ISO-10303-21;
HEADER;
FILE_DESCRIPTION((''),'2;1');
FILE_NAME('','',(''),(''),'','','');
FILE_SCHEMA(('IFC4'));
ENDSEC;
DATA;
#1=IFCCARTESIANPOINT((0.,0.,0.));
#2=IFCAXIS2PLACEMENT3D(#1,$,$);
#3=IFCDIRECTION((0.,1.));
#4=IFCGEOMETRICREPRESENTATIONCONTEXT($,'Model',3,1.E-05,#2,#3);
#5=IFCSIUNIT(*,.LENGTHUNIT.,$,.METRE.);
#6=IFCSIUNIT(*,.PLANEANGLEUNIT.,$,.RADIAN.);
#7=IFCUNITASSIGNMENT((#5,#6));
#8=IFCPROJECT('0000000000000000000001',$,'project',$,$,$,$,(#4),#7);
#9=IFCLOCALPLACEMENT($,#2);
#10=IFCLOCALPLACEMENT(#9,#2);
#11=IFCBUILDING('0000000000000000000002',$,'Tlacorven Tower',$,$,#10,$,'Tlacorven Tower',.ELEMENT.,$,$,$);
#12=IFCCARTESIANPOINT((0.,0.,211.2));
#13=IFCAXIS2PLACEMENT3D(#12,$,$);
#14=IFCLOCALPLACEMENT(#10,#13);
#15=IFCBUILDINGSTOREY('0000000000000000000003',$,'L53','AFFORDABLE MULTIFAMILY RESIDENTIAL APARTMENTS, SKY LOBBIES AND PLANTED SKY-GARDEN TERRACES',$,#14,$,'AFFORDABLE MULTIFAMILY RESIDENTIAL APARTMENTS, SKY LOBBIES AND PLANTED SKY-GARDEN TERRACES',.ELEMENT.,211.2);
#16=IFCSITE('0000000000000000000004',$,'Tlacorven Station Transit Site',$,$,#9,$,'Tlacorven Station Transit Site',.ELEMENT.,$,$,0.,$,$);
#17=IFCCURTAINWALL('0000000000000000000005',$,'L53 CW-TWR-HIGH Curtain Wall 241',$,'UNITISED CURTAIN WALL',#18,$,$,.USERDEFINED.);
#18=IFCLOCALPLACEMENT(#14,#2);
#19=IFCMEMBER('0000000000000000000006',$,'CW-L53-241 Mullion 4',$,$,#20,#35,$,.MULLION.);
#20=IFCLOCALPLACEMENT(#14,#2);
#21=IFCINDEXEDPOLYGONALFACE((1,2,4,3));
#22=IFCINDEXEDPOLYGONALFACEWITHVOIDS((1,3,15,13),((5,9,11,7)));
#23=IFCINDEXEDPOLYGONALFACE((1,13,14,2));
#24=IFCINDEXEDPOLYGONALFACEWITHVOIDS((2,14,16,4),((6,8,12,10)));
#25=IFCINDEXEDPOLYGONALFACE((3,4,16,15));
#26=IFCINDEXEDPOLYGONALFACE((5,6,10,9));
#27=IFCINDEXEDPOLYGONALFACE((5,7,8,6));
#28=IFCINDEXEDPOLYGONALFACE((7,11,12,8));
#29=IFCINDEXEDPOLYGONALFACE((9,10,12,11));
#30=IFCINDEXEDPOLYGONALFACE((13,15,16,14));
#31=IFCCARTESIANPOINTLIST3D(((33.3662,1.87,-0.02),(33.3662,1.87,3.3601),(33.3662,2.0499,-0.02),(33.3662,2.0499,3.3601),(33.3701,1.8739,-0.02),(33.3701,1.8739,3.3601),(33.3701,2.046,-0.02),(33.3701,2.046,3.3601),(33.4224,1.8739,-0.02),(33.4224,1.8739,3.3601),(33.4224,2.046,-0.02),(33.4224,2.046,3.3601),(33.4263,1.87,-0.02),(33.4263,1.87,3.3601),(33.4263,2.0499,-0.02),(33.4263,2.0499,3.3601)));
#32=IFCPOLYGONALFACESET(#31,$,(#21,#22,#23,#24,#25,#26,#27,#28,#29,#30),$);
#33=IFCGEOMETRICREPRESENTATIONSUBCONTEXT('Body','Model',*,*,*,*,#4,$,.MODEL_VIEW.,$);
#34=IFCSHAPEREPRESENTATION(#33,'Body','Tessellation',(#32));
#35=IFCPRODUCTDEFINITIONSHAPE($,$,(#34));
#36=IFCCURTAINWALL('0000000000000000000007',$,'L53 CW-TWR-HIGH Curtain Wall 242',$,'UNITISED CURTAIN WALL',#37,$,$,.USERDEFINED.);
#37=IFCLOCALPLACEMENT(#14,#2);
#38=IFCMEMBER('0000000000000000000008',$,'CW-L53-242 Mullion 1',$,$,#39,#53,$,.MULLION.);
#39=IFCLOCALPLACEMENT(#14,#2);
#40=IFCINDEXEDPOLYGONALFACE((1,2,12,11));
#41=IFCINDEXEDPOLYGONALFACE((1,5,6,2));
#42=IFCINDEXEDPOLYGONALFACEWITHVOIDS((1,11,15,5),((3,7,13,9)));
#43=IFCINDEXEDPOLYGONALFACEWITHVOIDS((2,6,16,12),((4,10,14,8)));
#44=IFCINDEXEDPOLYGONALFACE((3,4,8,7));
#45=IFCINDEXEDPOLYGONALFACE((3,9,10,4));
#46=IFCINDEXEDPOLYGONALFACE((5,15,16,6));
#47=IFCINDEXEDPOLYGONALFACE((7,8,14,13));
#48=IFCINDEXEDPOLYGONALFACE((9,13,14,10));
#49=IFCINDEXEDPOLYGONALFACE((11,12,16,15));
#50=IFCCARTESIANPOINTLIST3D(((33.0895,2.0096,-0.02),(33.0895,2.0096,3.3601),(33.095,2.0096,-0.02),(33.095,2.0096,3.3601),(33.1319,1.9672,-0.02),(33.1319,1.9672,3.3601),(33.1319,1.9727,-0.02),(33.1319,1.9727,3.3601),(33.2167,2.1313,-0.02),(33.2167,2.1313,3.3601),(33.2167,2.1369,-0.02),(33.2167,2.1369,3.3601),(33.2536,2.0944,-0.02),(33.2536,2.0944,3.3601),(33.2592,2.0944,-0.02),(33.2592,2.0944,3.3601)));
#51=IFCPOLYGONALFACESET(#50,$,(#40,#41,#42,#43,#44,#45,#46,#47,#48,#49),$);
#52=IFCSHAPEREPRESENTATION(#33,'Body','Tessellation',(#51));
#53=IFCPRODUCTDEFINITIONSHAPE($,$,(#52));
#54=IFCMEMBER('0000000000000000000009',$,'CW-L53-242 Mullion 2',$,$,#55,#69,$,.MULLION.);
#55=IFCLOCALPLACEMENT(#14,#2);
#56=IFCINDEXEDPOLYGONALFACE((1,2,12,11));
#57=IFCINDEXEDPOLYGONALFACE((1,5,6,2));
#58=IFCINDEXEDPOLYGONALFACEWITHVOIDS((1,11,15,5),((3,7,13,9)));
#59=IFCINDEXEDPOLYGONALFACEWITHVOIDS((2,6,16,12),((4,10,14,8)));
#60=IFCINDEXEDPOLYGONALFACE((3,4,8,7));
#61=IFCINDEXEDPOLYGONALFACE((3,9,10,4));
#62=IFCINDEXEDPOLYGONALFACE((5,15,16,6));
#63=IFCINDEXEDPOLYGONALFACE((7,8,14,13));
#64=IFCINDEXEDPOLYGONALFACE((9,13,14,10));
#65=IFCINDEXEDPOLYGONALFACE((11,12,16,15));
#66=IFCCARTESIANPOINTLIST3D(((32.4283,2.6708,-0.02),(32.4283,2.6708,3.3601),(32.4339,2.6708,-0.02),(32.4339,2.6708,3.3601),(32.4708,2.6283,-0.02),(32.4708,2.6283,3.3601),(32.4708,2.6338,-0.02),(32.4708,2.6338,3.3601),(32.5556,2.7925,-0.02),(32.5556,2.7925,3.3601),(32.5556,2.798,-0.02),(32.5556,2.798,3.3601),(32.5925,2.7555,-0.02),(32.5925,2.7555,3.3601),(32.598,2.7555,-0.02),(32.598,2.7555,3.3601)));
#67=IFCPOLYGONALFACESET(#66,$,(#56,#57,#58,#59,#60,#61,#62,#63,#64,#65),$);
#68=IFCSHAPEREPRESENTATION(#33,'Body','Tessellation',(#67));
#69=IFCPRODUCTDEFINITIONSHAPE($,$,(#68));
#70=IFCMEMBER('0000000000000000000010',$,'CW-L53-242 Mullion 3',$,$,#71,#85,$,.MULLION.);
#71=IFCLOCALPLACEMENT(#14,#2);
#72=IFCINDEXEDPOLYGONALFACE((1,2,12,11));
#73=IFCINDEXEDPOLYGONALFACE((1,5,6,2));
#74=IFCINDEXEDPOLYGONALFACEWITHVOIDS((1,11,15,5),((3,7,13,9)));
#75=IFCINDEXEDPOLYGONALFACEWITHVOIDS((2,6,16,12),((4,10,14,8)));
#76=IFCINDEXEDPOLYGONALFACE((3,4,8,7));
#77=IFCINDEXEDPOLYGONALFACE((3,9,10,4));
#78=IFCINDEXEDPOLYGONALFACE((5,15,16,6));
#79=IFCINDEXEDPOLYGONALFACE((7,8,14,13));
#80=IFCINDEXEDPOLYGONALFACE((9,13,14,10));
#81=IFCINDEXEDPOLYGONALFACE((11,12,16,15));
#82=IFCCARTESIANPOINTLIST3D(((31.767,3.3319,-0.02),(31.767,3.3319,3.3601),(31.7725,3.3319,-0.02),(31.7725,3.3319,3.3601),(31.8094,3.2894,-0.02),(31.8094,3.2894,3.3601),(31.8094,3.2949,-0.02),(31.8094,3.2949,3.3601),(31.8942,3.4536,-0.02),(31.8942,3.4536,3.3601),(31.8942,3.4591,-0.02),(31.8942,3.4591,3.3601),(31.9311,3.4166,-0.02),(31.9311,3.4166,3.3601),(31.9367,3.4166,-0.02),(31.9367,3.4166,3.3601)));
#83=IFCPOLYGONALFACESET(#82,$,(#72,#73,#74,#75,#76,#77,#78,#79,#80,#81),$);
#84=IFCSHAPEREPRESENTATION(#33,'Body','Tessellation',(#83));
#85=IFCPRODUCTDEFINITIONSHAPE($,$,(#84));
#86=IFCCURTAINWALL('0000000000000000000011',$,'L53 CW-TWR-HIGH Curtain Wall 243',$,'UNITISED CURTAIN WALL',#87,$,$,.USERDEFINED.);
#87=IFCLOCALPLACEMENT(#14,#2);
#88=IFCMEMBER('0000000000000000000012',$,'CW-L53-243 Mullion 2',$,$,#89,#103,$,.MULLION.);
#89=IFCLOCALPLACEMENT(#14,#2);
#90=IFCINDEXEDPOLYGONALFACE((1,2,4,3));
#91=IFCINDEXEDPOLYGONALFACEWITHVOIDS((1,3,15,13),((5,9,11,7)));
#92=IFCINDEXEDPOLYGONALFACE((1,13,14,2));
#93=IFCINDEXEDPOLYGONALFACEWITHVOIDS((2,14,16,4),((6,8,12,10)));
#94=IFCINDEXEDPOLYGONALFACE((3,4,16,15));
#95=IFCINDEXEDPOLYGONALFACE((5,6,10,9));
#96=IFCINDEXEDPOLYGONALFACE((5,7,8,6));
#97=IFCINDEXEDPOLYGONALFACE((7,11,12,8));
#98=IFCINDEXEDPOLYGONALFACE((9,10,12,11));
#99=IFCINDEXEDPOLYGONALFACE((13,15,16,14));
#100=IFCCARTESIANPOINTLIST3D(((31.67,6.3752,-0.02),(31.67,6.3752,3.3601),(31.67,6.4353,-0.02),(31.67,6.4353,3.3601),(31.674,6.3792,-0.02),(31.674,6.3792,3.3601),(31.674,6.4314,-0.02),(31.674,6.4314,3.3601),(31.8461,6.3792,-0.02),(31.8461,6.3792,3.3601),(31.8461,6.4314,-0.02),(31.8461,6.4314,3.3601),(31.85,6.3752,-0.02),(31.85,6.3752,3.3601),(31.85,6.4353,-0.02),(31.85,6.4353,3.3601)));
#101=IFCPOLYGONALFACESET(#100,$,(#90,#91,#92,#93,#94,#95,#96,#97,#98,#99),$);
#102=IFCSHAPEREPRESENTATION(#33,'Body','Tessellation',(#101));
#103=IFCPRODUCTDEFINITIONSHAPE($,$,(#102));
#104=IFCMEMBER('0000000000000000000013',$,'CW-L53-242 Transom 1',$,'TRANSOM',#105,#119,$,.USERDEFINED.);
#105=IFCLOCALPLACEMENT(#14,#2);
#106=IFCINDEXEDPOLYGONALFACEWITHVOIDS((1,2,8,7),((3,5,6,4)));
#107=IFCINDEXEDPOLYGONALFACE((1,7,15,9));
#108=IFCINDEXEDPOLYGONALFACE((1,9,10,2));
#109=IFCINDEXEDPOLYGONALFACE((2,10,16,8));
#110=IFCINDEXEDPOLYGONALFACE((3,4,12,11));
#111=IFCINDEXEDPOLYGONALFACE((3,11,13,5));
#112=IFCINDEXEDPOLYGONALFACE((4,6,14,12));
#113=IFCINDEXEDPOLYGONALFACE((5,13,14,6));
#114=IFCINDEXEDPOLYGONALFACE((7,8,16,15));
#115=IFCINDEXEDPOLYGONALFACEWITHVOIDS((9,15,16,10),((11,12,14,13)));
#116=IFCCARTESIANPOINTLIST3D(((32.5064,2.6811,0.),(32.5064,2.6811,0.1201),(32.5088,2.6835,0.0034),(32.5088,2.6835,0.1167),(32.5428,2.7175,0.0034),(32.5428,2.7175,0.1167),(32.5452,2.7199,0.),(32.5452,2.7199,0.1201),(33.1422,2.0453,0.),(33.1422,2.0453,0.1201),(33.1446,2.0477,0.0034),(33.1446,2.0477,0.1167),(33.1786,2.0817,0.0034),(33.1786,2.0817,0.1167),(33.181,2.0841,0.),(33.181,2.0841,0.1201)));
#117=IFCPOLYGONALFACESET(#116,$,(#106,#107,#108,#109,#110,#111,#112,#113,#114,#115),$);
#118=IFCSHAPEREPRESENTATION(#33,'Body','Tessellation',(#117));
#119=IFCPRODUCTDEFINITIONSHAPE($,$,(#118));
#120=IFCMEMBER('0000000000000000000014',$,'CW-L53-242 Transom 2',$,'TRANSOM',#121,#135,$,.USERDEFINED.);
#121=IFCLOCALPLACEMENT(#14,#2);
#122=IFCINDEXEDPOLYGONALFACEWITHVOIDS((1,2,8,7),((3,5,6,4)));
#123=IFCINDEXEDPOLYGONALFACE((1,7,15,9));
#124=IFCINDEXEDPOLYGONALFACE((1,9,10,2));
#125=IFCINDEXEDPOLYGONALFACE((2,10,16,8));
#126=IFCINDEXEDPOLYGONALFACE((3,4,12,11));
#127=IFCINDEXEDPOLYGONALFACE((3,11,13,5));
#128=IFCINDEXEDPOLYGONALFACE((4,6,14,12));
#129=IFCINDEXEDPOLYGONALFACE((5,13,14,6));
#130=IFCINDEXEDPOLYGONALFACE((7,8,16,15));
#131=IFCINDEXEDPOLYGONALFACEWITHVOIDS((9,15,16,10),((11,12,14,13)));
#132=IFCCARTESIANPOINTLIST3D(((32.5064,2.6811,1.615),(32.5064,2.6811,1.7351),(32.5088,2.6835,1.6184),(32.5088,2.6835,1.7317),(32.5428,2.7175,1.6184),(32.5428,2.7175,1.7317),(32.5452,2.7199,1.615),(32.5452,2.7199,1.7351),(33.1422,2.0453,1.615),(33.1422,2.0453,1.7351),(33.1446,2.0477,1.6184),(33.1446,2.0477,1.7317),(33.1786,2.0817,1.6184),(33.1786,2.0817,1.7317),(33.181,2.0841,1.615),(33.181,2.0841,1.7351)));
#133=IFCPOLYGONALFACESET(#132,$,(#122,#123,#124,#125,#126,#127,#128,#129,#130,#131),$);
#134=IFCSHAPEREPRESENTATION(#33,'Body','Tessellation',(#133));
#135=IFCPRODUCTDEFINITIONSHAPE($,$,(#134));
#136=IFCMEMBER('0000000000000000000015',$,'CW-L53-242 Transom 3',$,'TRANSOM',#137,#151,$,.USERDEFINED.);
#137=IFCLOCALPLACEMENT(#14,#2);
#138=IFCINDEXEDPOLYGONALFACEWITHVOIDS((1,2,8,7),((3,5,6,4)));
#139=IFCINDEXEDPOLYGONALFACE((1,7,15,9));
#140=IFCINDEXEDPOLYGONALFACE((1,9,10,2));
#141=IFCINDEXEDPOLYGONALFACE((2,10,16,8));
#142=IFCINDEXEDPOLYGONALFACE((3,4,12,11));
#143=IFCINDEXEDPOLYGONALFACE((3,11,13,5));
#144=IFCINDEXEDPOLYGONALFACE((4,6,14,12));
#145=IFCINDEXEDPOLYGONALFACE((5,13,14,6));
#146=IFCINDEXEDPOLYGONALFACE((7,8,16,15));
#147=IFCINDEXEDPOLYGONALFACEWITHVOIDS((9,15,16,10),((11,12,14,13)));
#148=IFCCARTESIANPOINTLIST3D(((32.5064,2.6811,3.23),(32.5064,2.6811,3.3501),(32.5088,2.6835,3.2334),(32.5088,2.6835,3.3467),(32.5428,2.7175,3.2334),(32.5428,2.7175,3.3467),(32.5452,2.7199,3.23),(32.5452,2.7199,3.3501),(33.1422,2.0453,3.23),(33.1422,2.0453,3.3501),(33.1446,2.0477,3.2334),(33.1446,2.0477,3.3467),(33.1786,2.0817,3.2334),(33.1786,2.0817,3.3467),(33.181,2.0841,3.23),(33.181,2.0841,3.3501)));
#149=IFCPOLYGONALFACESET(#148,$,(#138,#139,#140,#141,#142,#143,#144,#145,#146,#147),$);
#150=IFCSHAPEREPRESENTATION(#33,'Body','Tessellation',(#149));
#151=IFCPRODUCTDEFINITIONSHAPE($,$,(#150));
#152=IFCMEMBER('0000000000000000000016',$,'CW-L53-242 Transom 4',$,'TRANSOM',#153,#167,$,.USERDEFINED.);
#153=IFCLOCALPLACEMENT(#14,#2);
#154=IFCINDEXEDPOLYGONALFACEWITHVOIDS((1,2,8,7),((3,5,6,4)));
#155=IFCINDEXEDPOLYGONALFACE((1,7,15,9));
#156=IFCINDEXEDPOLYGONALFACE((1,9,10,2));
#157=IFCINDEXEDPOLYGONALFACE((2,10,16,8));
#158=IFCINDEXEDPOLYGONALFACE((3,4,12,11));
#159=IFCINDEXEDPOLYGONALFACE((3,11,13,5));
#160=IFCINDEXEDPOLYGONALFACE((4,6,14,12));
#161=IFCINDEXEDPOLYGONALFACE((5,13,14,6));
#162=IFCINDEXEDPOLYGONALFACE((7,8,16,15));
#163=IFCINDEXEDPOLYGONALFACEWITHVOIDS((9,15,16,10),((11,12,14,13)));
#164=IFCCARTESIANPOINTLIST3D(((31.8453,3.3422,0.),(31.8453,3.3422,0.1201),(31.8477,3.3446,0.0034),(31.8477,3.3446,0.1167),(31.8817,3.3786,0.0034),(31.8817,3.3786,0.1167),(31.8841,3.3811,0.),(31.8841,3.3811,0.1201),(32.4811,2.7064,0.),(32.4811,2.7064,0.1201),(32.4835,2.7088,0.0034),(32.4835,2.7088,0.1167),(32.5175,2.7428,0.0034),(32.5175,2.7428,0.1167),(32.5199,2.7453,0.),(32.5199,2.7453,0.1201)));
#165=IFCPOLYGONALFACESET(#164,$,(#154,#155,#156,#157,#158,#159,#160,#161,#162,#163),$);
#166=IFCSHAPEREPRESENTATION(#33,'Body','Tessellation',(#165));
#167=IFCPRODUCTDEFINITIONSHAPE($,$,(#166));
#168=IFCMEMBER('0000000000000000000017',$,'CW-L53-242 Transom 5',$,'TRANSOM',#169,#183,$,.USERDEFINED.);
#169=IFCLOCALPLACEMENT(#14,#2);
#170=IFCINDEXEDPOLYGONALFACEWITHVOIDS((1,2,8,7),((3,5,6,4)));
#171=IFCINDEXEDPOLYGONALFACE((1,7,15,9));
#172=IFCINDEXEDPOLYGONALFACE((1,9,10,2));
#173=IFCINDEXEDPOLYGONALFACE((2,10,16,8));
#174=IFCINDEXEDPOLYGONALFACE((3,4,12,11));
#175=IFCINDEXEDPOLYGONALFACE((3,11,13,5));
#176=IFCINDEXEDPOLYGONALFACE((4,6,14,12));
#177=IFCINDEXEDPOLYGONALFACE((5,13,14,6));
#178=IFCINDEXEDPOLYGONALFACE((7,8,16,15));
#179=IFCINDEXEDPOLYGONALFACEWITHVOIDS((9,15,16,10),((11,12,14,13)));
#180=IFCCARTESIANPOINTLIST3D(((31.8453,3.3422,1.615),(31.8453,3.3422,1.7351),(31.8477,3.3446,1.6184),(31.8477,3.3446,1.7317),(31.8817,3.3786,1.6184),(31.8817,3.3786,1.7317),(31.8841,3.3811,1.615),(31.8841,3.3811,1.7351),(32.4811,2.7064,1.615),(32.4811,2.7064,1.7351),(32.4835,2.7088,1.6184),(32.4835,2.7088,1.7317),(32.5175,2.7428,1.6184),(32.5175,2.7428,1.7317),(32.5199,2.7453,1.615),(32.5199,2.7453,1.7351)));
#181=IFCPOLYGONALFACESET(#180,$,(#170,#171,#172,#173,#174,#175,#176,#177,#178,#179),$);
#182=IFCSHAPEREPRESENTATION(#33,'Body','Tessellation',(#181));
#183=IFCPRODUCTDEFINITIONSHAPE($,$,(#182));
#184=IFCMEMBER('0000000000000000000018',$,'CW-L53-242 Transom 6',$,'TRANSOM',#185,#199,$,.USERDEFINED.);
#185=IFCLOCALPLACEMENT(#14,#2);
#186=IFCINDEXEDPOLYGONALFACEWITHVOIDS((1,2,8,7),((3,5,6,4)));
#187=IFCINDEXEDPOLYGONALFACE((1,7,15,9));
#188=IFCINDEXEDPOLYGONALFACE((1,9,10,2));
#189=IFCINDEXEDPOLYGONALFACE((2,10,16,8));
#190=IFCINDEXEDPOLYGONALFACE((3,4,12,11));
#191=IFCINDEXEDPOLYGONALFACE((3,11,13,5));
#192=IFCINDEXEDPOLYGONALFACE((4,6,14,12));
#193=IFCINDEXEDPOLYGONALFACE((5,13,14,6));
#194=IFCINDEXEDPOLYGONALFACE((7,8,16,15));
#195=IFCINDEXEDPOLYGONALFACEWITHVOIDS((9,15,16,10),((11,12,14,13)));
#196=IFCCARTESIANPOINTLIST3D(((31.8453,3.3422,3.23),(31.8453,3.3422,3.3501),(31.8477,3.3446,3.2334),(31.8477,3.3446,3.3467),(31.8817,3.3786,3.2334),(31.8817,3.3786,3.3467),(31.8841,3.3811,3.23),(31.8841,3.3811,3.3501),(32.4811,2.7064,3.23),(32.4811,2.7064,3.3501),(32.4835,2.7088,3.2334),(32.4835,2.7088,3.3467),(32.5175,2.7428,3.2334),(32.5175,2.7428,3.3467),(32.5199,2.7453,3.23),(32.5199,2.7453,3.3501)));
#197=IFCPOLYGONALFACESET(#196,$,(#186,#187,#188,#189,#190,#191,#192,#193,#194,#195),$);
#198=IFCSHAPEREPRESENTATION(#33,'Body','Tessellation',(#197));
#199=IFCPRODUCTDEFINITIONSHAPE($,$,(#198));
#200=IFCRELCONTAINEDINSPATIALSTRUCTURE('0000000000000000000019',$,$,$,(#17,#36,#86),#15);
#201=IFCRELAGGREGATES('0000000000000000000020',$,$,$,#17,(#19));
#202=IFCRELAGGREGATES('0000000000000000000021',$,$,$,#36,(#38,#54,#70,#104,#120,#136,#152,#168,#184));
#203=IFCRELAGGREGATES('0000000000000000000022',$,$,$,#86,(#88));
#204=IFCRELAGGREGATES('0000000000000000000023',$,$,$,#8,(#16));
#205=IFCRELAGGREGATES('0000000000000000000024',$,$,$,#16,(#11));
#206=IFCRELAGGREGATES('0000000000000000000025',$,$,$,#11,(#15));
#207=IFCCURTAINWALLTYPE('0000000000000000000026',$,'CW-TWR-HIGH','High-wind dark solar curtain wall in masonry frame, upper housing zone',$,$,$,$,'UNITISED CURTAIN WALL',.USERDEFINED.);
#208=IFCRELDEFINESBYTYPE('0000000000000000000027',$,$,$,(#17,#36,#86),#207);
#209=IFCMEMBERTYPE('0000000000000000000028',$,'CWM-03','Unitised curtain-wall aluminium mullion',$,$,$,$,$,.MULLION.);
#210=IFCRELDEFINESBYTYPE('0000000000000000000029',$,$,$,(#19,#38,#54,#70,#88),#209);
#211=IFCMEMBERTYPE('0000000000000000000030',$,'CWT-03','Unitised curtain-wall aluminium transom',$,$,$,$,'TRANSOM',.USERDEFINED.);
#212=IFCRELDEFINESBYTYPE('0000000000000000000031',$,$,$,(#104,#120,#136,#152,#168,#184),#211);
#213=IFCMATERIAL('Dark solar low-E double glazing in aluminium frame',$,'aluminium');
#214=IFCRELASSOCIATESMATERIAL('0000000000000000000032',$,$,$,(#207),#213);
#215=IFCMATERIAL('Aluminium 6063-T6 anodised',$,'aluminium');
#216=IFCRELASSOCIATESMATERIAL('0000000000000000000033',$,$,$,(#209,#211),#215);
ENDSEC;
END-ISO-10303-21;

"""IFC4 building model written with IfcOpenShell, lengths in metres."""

from ifc_helpers import new_model, si_unit, direction, frame, origin, origin_2d, place, context, subcontext, project, spatial, hollow_rectangle, extrude, source, transform, mapped, material, material_profile, profile_set, type_object, element, aggregate, save


model = new_model("IFC4")

# Units and contexts
model_context = context("Model", 3, precision=1e-05, world=origin(), true_north=direction((0.0, 1.0)))
body_context = subcontext(model_context, "Body", "Model", "MODEL_VIEW")
ifc_project = project(units=[si_unit("LENGTHUNIT", "METRE"), si_unit("PLANEANGLEUNIT", "RADIAN")], contexts=[model_context])

# Site, building, storey
site_placement = place(None, origin())
site = spatial("IfcSite", under=ifc_project, at=site_placement, Name="Tlacorven Station Transit Site", LongName="Tlacorven Station Transit Site", CompositionType="ELEMENT", RefElevation=0.0)
building_placement = place(site_placement, origin())
building = spatial("IfcBuilding", under=site, at=building_placement, Name="Tlacorven Tower", LongName="Tlacorven Tower", CompositionType="ELEMENT")
storey_placement = place(building_placement, frame((0.0, 0.0, 211.2)))
storey = spatial("IfcBuildingStorey", under=building, at=storey_placement, Name="L53", Description="AFFORDABLE MULTIFAMILY RESIDENTIAL APARTMENTS, SKY LOBBIES AND PLANTED SKY-GARDEN TERRACES", LongName="AFFORDABLE MULTIFAMILY RESIDENTIAL APARTMENTS, SKY LOBBIES AND PLANTED SKY-GARDEN TERRACES", CompositionType="ELEMENT", Elevation=211.2)

# Curtain wall, member
ifc_material_1 = material(Name="Dark solar low-E double glazing in aluminium frame", Category="aluminium")
curtain_wall_type = type_object("IfcCurtainWallType", Name="CW-TWR-HIGH", Description="High-wind dark solar curtain wall in masonry frame, upper housing zone", ElementType="UNITISED CURTAIN WALL", PredefinedType="USERDEFINED", material=ifc_material_1)
curtain_wall_1_placement = place(storey_placement, origin())
curtain_wall_1 = element("IfcCurtainWall", 1, at=curtain_wall_1_placement, inside=storey, type_object=curtain_wall_type, Name="L53 CW-TWR-HIGH Curtain Wall 241", ObjectType="UNITISED CURTAIN WALL", PredefinedType="USERDEFINED")
ifc_material_2 = material(Name="Aluminium 6063-T6 anodised", Category="aluminium")
ifc_material_profile_1 = material_profile(ifc_material_2, hollow_rectangle(XDim=0.0601, YDim=0.1799, WallThickness=0.0039, at=origin_2d()), Name="ALU MULLION 60X180")
ifc_profile_set_1 = profile_set([ifc_material_profile_1], Name="Aluminium 6063-T6 anodised")
member_type_1 = type_object("IfcMemberType", Name="CWM-03", Description="Unitised curtain-wall aluminium mullion", PredefinedType="MULLION", material=ifc_profile_set_1)
shared_shape_1 = source(origin(), body_context, "Body", "SweptSolid", [
    extrude(hollow_rectangle(XDim=0.0601, YDim=0.1799, WallThickness=0.0039, at=origin_2d()), origin(), (0.0, 0.0, 1.0), 3.3801),
])
member_1_placement = place(storey_placement, frame((33.3962, 1.96, -0.02), z_axis=(0.0, 0.0, 1.0), x_axis=(-1.0, 0.0, 0.0)))
member_1 = element("IfcMember", 2, at=member_1_placement, type_object=member_type_1, Name="CW-L53-241 Mullion 4", PredefinedType="MULLION", context=body_context, shape_type="MappedRepresentation", body=[
    mapped(shared_shape_1, transform((0.0, 0.0, 0.0), scale=1.0)),
])
aggregate(curtain_wall_1, [member_1])

# Curtain wall, members
curtain_wall_2_placement = place(storey_placement, origin())
curtain_wall_2 = element("IfcCurtainWall", 3, at=curtain_wall_2_placement, inside=storey, type_object=curtain_wall_type, Name="L53 CW-TWR-HIGH Curtain Wall 242", ObjectType="UNITISED CURTAIN WALL", PredefinedType="USERDEFINED")
member_2_placement = place(storey_placement, frame((33.1743, 2.052, -0.02), z_axis=(0.0, 0.0, 1.0), x_axis=(-0.707107, 0.707107, 0.0)))
member_2 = element("IfcMember", 4, at=member_2_placement, type_object=member_type_1, Name="CW-L53-242 Mullion 1", PredefinedType="MULLION", context=body_context, shape_type="MappedRepresentation", body=[
    mapped(shared_shape_1, transform((0.0, 0.0, 0.0), scale=1.0)),
])
member_3_placement = place(storey_placement, frame((32.5132, 2.7131, -0.02), z_axis=(0.0, 0.0, 1.0), x_axis=(-0.707107, 0.707107, 0.0)))
member_3 = element("IfcMember", 5, at=member_3_placement, type_object=member_type_1, Name="CW-L53-242 Mullion 2", PredefinedType="MULLION", context=body_context, shape_type="MappedRepresentation", body=[
    mapped(shared_shape_1, transform((0.0, 0.0, 0.0), scale=1.0)),
])
member_4_placement = place(storey_placement, frame((31.8518, 3.3743, -0.02), z_axis=(0.0, 0.0, 1.0), x_axis=(-0.707107, 0.707107, 0.0)))
member_4 = element("IfcMember", 6, at=member_4_placement, type_object=member_type_1, Name="CW-L53-242 Mullion 3", PredefinedType="MULLION", context=body_context, shape_type="MappedRepresentation", body=[
    mapped(shared_shape_1, transform((0.0, 0.0, 0.0), scale=1.0)),
])

# Curtain wall, member
curtain_wall_3_placement = place(storey_placement, origin())
curtain_wall_3 = element("IfcCurtainWall", 7, at=curtain_wall_3_placement, inside=storey, type_object=curtain_wall_type, Name="L53 CW-TWR-HIGH Curtain Wall 243", ObjectType="UNITISED CURTAIN WALL", PredefinedType="USERDEFINED")
member_5_placement = place(storey_placement, frame((31.76, 6.4053, -0.02), z_axis=(0.0, 0.0, 1.0), x_axis=(0.0, 1.0, 0.0)))
member_5 = element("IfcMember", 8, at=member_5_placement, type_object=member_type_1, Name="CW-L53-243 Mullion 2", PredefinedType="MULLION", context=body_context, shape_type="MappedRepresentation", body=[
    mapped(shared_shape_1, transform((0.0, 0.0, 0.0), scale=1.0)),
])

# Members
ifc_material_profile_2 = material_profile(ifc_material_2, hollow_rectangle(XDim=0.0549, YDim=0.1201, WallThickness=0.0034, at=origin_2d()), Name="ALU TRANSOM 55X120")
ifc_profile_set_2 = profile_set([ifc_material_profile_2], Name="Aluminium 6063-T6 anodised")
member_type_2 = type_object("IfcMemberType", Name="CWT-03", Description="Unitised curtain-wall aluminium transom", ElementType="TRANSOM", PredefinedType="USERDEFINED", material=ifc_profile_set_2)
shared_shape_2 = source(origin(), body_context, "Body", "SweptSolid", [
    extrude(hollow_rectangle(XDim=0.0549, YDim=0.1201, WallThickness=0.0034, at=origin_2d()), origin(), (0.0, 0.0, 1.0), 0.8992),
])
member_6_placement = place(storey_placement, frame((33.1616, 2.0647, 0.0601), z_axis=(-0.707107, 0.707107, 0.0), x_axis=(-0.707107, -0.707107, 0.0)))
member_6 = element("IfcMember", 9, at=member_6_placement, type_object=member_type_2, Name="CW-L53-242 Transom 1", ObjectType="TRANSOM", PredefinedType="USERDEFINED", context=body_context, shape_type="MappedRepresentation", body=[
    mapped(shared_shape_2, transform((0.0, 0.0, 0.0), scale=1.0)),
])
member_7_placement = place(storey_placement, frame((33.1616, 2.0647, 1.675), z_axis=(-0.707107, 0.707107, 0.0), x_axis=(-0.707107, -0.707107, 0.0)))
member_7 = element("IfcMember", 10, at=member_7_placement, type_object=member_type_2, Name="CW-L53-242 Transom 2", ObjectType="TRANSOM", PredefinedType="USERDEFINED", context=body_context, shape_type="MappedRepresentation", body=[
    mapped(shared_shape_2, transform((0.0, 0.0, 0.0), scale=1.0)),
])
member_8_placement = place(storey_placement, frame((33.1616, 2.0647, 3.29), z_axis=(-0.707107, 0.707107, 0.0), x_axis=(-0.707107, -0.707107, 0.0)))
member_8 = element("IfcMember", 11, at=member_8_placement, type_object=member_type_2, Name="CW-L53-242 Transom 3", ObjectType="TRANSOM", PredefinedType="USERDEFINED", context=body_context, shape_type="MappedRepresentation", body=[
    mapped(shared_shape_2, transform((0.0, 0.0, 0.0), scale=1.0)),
])
member_9_placement = place(storey_placement, frame((32.5005, 2.7258, 0.0601), z_axis=(-0.707107, 0.707107, 0.0), x_axis=(-0.707107, -0.707107, 0.0)))
member_9 = element("IfcMember", 12, at=member_9_placement, type_object=member_type_2, Name="CW-L53-242 Transom 4", ObjectType="TRANSOM", PredefinedType="USERDEFINED", context=body_context, shape_type="MappedRepresentation", body=[
    mapped(shared_shape_2, transform((0.0, 0.0, 0.0), scale=1.0)),
])
member_10_placement = place(storey_placement, frame((32.5005, 2.7258, 1.675), z_axis=(-0.707107, 0.707107, 0.0), x_axis=(-0.707107, -0.707107, 0.0)))
member_10 = element("IfcMember", 13, at=member_10_placement, type_object=member_type_2, Name="CW-L53-242 Transom 5", ObjectType="TRANSOM", PredefinedType="USERDEFINED", context=body_context, shape_type="MappedRepresentation", body=[
    mapped(shared_shape_2, transform((0.0, 0.0, 0.0), scale=1.0)),
])
member_11_placement = place(storey_placement, frame((32.5005, 2.7258, 3.29), z_axis=(-0.707107, 0.707107, 0.0), x_axis=(-0.707107, -0.707107, 0.0)))
member_11 = element("IfcMember", 14, at=member_11_placement, type_object=member_type_2, Name="CW-L53-242 Transom 6", ObjectType="TRANSOM", PredefinedType="USERDEFINED", context=body_context, shape_type="MappedRepresentation", body=[
    mapped(shared_shape_2, transform((0.0, 0.0, 0.0), scale=1.0)),
])

aggregate(curtain_wall_2, [member_2, member_3, member_4, member_6, member_7, member_8, member_9, member_10, member_11])
aggregate(curtain_wall_3, [member_5])

save(model, "model.ifc")
